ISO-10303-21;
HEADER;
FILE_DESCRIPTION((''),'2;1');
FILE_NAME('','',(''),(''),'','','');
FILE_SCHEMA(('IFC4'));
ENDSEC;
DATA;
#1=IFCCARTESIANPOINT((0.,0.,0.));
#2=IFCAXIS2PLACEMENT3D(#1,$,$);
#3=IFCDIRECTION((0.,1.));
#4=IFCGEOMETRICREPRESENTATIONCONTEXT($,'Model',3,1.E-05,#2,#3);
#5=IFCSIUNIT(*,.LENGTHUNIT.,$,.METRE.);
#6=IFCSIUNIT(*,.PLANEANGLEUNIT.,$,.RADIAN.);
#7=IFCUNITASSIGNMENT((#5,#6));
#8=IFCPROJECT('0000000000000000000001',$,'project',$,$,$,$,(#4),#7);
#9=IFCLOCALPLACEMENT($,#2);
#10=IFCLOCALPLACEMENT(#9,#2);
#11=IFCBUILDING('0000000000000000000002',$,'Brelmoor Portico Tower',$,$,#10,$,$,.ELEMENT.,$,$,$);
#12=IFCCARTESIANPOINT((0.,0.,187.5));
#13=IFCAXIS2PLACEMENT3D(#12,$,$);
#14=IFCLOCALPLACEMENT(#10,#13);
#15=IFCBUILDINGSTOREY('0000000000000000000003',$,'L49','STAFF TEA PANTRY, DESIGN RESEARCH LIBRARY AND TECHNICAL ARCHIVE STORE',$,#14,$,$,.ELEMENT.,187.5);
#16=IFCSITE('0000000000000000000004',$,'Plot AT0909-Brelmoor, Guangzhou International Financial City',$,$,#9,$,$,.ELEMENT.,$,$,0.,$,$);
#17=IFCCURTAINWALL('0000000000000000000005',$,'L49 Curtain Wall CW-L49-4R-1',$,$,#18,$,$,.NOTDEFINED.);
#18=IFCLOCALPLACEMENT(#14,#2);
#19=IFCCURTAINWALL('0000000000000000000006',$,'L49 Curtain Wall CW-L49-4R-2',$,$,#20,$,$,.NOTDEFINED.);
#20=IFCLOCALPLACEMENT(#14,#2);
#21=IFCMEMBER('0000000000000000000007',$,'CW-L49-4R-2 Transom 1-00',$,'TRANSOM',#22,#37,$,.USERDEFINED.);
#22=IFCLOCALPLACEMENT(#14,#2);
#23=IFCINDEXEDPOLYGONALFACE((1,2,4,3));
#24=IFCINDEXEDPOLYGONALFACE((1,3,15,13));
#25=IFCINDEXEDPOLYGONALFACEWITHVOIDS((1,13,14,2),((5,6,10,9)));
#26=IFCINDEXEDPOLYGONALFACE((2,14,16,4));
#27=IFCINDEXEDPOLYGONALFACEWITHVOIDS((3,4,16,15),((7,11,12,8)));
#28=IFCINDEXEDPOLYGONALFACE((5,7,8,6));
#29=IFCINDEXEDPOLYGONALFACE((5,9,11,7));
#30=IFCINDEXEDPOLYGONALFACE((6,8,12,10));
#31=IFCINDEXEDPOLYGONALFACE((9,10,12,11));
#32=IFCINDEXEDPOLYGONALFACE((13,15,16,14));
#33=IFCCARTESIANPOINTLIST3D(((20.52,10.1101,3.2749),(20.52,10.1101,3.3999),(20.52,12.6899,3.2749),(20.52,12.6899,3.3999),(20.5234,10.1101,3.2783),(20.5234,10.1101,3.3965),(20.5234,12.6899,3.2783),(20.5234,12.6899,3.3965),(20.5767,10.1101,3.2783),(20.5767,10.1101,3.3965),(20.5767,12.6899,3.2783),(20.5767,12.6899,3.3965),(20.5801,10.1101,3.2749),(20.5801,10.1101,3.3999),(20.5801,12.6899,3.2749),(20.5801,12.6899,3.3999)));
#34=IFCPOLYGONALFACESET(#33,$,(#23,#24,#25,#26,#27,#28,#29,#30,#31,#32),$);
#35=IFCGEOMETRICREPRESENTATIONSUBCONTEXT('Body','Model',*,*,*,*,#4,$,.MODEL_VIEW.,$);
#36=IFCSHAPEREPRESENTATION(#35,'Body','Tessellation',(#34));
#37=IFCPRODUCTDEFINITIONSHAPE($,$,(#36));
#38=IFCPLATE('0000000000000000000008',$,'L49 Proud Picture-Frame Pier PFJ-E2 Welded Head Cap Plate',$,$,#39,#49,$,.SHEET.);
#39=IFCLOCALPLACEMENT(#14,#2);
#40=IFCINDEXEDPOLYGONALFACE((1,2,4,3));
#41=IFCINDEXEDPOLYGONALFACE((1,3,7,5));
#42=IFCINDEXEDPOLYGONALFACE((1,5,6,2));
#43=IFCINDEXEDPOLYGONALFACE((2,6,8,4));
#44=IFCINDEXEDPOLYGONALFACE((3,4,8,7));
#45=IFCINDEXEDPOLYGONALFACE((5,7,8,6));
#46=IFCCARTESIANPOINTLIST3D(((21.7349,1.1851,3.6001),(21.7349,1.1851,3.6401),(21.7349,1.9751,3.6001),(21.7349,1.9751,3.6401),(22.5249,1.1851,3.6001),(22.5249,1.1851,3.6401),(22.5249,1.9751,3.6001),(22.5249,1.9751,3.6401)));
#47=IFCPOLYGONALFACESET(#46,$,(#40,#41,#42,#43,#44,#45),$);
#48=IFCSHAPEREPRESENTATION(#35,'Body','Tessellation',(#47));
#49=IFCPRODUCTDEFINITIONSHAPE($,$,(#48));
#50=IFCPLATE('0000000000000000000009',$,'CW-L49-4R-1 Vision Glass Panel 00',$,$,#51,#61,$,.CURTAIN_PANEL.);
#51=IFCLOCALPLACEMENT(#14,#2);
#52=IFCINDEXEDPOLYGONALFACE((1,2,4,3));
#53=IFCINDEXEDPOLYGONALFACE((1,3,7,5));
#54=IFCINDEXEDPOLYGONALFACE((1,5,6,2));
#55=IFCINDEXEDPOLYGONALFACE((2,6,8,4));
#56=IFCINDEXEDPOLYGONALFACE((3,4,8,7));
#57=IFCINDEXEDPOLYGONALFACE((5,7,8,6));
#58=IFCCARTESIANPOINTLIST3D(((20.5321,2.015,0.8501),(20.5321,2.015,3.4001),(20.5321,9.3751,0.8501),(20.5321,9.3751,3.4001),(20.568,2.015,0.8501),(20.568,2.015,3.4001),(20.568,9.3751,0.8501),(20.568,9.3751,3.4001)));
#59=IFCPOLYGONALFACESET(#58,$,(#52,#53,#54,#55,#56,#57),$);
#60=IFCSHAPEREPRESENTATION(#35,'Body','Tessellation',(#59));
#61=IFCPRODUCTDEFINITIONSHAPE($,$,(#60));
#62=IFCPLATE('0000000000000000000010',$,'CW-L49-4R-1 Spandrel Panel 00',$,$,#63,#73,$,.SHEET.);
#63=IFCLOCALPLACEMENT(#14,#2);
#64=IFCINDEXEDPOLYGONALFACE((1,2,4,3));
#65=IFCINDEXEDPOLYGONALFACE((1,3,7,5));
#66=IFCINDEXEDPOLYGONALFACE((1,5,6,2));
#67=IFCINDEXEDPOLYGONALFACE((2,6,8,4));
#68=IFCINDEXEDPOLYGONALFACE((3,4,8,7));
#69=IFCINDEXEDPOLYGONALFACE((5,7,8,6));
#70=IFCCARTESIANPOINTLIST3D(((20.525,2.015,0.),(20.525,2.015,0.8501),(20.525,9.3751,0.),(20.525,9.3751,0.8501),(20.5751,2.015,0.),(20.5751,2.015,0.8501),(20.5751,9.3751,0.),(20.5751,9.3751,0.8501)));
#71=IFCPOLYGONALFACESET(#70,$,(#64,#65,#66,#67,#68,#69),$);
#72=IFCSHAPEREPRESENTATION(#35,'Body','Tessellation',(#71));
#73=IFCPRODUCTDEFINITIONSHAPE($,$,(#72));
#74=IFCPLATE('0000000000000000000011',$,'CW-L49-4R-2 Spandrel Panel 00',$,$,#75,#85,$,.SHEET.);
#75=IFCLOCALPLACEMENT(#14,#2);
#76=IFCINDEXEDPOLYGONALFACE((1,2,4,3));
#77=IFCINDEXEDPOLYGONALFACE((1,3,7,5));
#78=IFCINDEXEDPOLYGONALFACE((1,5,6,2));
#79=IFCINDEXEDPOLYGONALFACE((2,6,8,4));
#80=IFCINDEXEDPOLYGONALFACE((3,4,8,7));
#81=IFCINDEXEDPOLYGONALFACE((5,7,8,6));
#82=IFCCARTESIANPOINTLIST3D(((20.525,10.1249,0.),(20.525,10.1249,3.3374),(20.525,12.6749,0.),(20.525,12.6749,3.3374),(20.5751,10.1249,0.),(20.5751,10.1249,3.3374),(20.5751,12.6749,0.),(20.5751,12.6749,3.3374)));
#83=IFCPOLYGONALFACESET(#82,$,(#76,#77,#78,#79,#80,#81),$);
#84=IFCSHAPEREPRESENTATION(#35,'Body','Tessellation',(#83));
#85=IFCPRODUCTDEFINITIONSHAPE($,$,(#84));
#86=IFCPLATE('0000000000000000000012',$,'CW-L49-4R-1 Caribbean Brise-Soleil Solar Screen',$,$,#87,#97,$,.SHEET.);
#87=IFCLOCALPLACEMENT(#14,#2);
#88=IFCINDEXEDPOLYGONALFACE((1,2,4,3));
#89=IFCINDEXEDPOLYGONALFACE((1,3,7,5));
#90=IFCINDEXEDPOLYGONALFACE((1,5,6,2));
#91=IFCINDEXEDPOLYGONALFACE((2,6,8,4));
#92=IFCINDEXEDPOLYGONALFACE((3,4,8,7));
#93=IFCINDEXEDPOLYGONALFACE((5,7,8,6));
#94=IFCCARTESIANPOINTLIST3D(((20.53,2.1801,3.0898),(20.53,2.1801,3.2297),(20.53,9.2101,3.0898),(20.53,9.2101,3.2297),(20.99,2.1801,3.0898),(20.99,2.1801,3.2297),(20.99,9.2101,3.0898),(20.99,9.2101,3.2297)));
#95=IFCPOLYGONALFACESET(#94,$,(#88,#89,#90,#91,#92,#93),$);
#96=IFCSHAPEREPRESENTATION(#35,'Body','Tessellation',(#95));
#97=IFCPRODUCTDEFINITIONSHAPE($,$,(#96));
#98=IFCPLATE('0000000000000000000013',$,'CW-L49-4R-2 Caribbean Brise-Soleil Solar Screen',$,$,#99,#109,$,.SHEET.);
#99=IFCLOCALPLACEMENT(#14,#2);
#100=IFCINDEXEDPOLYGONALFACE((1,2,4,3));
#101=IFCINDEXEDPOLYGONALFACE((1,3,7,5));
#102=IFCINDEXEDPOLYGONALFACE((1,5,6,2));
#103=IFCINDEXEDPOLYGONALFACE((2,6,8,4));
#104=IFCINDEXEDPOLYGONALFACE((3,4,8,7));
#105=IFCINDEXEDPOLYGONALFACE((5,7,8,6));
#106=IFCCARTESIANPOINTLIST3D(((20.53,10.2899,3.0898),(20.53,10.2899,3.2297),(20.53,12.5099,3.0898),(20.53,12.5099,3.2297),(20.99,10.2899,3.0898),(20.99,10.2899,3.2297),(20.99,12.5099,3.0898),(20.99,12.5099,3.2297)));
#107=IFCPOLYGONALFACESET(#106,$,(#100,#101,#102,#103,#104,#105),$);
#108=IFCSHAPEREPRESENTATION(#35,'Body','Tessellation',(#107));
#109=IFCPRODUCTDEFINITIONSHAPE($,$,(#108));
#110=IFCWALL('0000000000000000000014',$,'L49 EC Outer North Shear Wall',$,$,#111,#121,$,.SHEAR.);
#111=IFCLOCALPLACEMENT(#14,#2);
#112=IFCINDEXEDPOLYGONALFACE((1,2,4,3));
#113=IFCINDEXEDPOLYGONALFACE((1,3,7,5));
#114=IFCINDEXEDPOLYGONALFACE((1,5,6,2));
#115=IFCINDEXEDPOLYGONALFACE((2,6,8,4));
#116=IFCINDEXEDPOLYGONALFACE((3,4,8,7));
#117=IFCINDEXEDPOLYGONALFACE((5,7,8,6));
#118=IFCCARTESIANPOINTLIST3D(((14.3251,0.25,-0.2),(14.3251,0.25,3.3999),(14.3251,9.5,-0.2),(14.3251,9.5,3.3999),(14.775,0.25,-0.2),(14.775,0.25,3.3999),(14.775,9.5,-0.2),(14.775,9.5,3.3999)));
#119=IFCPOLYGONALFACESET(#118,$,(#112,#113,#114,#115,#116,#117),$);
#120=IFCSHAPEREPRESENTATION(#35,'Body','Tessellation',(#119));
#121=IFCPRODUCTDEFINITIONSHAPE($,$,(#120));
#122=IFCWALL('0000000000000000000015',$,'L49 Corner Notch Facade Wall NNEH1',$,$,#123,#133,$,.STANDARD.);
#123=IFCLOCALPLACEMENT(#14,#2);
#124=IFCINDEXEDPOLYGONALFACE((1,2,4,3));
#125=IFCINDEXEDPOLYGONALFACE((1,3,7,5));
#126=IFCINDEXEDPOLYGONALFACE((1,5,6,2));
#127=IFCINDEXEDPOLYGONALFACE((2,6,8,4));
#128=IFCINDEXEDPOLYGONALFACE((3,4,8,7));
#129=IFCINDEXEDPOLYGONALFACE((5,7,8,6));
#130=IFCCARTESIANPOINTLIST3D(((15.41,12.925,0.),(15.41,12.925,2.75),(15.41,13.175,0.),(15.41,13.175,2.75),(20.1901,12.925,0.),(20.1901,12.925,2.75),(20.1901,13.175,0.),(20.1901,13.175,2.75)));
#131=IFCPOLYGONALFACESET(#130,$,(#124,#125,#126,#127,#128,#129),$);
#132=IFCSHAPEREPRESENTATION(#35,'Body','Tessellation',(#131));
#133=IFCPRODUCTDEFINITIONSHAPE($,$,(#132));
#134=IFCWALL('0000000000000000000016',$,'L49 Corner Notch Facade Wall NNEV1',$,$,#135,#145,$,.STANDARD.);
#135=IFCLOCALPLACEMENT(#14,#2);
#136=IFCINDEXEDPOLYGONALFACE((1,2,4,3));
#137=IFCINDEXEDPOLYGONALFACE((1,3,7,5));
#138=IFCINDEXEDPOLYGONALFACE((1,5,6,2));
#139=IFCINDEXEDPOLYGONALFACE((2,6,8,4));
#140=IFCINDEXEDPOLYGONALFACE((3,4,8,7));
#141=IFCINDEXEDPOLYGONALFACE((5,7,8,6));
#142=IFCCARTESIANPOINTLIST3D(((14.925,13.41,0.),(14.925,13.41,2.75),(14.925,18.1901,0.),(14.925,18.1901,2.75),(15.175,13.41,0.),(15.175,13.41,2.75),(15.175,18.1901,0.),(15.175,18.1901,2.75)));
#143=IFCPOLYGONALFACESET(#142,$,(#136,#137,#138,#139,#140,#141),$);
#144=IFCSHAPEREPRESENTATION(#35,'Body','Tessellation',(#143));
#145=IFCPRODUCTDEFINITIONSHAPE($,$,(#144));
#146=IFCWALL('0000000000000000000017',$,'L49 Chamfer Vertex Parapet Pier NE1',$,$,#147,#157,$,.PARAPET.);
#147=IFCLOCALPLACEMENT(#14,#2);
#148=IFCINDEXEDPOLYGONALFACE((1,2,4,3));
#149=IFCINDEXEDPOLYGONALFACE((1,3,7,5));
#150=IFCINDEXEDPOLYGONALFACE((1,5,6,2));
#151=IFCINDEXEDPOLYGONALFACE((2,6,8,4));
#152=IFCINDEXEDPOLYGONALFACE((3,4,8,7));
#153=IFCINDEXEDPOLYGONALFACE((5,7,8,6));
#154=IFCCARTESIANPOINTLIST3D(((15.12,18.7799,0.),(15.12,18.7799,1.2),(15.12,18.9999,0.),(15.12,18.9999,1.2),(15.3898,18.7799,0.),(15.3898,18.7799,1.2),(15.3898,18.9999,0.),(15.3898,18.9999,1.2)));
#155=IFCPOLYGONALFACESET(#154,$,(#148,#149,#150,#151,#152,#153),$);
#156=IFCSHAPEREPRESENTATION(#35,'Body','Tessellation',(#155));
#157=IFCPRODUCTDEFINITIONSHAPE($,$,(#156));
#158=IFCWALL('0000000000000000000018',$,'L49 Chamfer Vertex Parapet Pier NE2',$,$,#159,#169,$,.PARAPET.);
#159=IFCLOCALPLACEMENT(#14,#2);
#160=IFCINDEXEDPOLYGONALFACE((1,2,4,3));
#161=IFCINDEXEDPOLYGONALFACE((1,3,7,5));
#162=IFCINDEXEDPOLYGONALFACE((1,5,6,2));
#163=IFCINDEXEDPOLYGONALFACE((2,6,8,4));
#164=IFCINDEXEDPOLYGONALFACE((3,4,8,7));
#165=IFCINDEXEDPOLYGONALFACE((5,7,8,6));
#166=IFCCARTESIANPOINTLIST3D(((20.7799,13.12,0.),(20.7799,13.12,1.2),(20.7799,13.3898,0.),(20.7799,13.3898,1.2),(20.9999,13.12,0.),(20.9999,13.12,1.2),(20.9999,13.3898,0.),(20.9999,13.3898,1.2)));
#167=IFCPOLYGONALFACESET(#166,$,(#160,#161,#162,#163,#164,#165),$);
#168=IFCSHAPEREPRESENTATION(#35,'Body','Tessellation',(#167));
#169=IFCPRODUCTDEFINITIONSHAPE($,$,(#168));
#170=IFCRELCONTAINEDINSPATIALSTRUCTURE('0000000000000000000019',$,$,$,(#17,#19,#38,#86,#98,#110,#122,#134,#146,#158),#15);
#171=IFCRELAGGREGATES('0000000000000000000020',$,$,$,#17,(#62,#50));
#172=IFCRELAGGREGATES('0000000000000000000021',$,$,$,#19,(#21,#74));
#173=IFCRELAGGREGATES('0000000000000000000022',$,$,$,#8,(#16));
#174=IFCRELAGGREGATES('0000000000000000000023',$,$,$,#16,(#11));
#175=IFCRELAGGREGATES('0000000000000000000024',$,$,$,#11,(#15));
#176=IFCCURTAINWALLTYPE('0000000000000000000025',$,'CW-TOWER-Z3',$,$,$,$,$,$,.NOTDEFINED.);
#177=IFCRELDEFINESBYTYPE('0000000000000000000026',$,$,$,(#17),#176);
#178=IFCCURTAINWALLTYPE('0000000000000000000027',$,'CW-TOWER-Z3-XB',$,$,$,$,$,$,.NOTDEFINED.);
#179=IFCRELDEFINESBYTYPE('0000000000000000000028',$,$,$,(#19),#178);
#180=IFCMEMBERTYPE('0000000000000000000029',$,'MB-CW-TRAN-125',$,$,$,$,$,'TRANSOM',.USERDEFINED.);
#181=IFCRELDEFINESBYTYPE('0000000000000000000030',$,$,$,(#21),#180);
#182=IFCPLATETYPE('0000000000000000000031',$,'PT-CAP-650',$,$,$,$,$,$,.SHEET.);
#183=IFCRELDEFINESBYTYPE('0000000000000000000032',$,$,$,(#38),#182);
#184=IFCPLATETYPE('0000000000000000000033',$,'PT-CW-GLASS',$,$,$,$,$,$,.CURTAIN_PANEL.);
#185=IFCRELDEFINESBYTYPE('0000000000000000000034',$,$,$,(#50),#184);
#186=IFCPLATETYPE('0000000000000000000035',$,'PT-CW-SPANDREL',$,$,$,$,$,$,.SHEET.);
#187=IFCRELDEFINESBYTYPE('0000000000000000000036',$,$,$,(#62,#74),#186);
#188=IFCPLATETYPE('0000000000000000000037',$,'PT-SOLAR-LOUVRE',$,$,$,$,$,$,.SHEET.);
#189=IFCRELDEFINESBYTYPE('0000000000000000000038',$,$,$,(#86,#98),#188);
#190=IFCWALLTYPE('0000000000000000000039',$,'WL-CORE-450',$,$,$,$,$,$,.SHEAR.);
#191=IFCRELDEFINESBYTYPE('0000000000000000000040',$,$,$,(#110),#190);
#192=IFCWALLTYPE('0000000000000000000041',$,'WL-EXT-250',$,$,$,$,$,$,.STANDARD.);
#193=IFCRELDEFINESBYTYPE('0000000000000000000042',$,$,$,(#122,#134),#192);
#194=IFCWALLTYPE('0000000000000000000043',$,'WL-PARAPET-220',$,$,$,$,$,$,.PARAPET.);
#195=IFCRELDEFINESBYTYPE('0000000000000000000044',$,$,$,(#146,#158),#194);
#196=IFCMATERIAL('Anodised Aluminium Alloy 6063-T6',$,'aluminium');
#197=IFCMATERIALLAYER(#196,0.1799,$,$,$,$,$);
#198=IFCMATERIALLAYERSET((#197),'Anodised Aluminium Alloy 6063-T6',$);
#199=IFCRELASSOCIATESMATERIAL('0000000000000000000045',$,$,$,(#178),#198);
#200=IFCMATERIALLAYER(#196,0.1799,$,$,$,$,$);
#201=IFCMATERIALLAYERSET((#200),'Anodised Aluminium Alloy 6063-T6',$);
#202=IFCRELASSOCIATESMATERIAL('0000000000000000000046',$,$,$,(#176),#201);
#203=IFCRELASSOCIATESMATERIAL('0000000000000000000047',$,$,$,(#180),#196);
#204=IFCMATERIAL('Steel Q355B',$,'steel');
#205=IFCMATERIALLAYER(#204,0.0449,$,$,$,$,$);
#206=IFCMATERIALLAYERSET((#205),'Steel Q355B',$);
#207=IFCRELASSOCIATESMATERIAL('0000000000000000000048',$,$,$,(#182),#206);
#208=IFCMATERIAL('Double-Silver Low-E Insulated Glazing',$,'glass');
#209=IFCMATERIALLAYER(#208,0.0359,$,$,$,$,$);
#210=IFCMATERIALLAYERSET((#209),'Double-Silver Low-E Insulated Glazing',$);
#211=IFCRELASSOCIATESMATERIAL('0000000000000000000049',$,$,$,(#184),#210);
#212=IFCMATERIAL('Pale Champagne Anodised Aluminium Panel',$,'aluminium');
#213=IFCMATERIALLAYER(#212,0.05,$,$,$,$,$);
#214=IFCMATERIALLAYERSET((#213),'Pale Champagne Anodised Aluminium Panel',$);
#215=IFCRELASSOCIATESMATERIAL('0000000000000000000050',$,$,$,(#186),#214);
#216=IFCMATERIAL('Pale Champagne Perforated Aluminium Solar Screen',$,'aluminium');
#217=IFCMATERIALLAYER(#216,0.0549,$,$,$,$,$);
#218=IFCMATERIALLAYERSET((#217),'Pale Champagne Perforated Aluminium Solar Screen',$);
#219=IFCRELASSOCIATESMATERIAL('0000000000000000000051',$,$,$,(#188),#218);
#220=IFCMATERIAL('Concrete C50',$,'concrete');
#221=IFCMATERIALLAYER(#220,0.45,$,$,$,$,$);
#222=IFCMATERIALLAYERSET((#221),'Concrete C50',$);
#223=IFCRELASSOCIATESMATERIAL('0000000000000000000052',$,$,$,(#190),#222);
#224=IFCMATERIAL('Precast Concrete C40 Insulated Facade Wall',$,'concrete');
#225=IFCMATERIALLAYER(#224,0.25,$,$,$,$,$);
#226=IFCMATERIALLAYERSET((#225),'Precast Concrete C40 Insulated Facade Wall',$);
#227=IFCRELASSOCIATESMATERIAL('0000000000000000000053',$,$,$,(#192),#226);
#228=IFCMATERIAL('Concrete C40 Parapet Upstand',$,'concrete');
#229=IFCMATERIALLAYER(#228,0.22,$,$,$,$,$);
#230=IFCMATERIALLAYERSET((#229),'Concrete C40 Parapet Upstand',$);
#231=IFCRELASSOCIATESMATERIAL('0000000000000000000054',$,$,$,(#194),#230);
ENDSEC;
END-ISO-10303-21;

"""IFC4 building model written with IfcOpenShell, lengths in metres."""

from ifc_helpers import new_model, si_unit, direction, frame, frame_2d, origin, origin_2d, place, context, subcontext, project, spatial, rectangle, hollow_rectangle, extrude, material, layer, layer_set, material_profile, profile_set, type_object, element, aggregate, save


model = new_model("IFC4")

# Units and contexts
model_context = context("Model", 3, precision=1e-05, world=origin(), true_north=direction((0.0, 1.0)))
body_context = subcontext(model_context, "Body", "Model", "MODEL_VIEW")
ifc_project = project(units=[si_unit("LENGTHUNIT", "METRE"), si_unit("PLANEANGLEUNIT", "RADIAN")], contexts=[model_context])

# Site, building, storey
site_placement = place(None, origin())
site = spatial("IfcSite", under=ifc_project, at=site_placement, Name="Plot AT0909-Brelmoor, Guangzhou International Financial City", CompositionType="ELEMENT", RefElevation=0.0)
building_placement = place(site_placement, origin())
building = spatial("IfcBuilding", under=site, at=building_placement, Name="Brelmoor Portico Tower", CompositionType="ELEMENT")
storey_placement = place(building_placement, frame((0.0, 0.0, 187.5)))
storey = spatial("IfcBuildingStorey", under=building, at=storey_placement, Name="L49", Description="STAFF TEA PANTRY, DESIGN RESEARCH LIBRARY AND TECHNICAL ARCHIVE STORE", CompositionType="ELEMENT", Elevation=187.5)

# Shared definitions
ifc_material_1 = material(Name="Steel Q355B", Category="steel")

# Shared definitions
ifc_material_2 = material(Name="Anodised Aluminium Alloy 6063-T6", Category="aluminium")
ifc_layer_1 = layer(ifc_material_2, 0.1799)
ifc_layer_set_1 = layer_set([ifc_layer_1], Name="Anodised Aluminium Alloy 6063-T6")
curtain_wall_type_1 = type_object("IfcCurtainWallType", Name="CW-TOWER-Z3-XB", PredefinedType="NOTDEFINED", material=ifc_layer_set_1)

# Curtain walls
ifc_layer_2 = layer(ifc_material_2, 0.1799)
ifc_layer_set_2 = layer_set([ifc_layer_2], Name="Anodised Aluminium Alloy 6063-T6")
curtain_wall_type_2 = type_object("IfcCurtainWallType", Name="CW-TOWER-Z3", PredefinedType="NOTDEFINED", material=ifc_layer_set_2)
curtain_wall_1_placement = place(storey_placement, origin())
curtain_wall_1 = element("IfcCurtainWall", 1, at=curtain_wall_1_placement, inside=storey, type_object=curtain_wall_type_2, Name="L49 Curtain Wall CW-L49-4R-1", PredefinedType="NOTDEFINED")
curtain_wall_2_placement = place(storey_placement, origin())
curtain_wall_2 = element("IfcCurtainWall", 2, at=curtain_wall_2_placement, inside=storey, type_object=curtain_wall_type_1, Name="L49 Curtain Wall CW-L49-4R-2", PredefinedType="NOTDEFINED")

# Member
ifc_material_profile_1 = material_profile(ifc_material_2, hollow_rectangle(XDim=0.0601, YDim=0.125, WallThickness=0.0034, at=origin_2d()), Name="ALU TRANSOM 60x125")
ifc_profile_set_1 = profile_set([ifc_material_profile_1], Name="Anodised Aluminium Alloy 6063-T6")
member_type_1 = type_object("IfcMemberType", Name="MB-CW-TRAN-125", ElementType="TRANSOM", PredefinedType="USERDEFINED", material=ifc_profile_set_1)
member_1_placement = place(storey_placement, frame((20.55, 10.1101, 3.3374), z_axis=(0.0, 1.0, 0.0), x_axis=(-1.0, 0.0, 0.0)))
member_1 = element("IfcMember", 3, at=member_1_placement, type_object=member_type_1, Name="CW-L49-4R-2 Transom 1-00", ObjectType="TRANSOM", PredefinedType="USERDEFINED", context=body_context, shape_type="SweptSolid", body=[
    extrude(hollow_rectangle(XDim=0.0601, YDim=0.125, WallThickness=0.0034, at=origin_2d()), origin(), (0.0, 0.0, 1.0), 2.5798),
])

# Plates
ifc_layer_3 = layer(ifc_material_1, 0.0449)
ifc_layer_set_3 = layer_set([ifc_layer_3], Name="Steel Q355B")
plate_type_1 = type_object("IfcPlateType", Name="PT-CAP-650", PredefinedType="SHEET", material=ifc_layer_set_3)
plate_1_placement = place(storey_placement, frame((22.1299, 1.5801, 3.6001), z_axis=(0.0, 0.0, 1.0), x_axis=(0.0, 1.0, 0.0)))
element("IfcPlate", 4, at=plate_1_placement, inside=storey, type_object=plate_type_1, Name="L49 Proud Picture-Frame Pier PFJ-E2 Welded Head Cap Plate", PredefinedType="SHEET", context=body_context, shape_type="SweptSolid", body=[
    extrude(rectangle(XDim=0.79, YDim=0.79, at=origin_2d()), origin(), (0.0, 0.0, 1.0), 0.04),
])
ifc_material_3 = material(Name="Double-Silver Low-E Insulated Glazing", Category="glass")
ifc_layer_4 = layer(ifc_material_3, 0.0359)
ifc_layer_set_4 = layer_set([ifc_layer_4], Name="Double-Silver Low-E Insulated Glazing")
plate_type_2 = type_object("IfcPlateType", Name="PT-CW-GLASS", PredefinedType="CURTAIN_PANEL", material=ifc_layer_set_4)
plate_2_placement = place(storey_placement, frame((20.55, 5.6951, 0.8501), z_axis=(0.0, 0.0, 1.0), x_axis=(0.0, 1.0, 0.0)))
plate_2 = element("IfcPlate", 5, at=plate_2_placement, type_object=plate_type_2, Name="CW-L49-4R-1 Vision Glass Panel 00", PredefinedType="CURTAIN_PANEL", context=body_context, shape_type="SweptSolid", body=[
    extrude(rectangle(XDim=7.3601, YDim=0.0359, at=origin_2d()), origin(), (0.0, 0.0, 1.0), 2.55),
])
ifc_material_4 = material(Name="Pale Champagne Anodised Aluminium Panel", Category="aluminium")
ifc_layer_5 = layer(ifc_material_4, 0.05)
ifc_layer_set_5 = layer_set([ifc_layer_5], Name="Pale Champagne Anodised Aluminium Panel")
plate_type_3 = type_object("IfcPlateType", Name="PT-CW-SPANDREL", PredefinedType="SHEET", material=ifc_layer_set_5)
plate_3_placement = place(storey_placement, frame((20.55, 5.6951, 0.0), z_axis=(0.0, 0.0, 1.0), x_axis=(0.0, 1.0, 0.0)))
plate_3 = element("IfcPlate", 6, at=plate_3_placement, type_object=plate_type_3, Name="CW-L49-4R-1 Spandrel Panel 00", PredefinedType="SHEET", context=body_context, shape_type="SweptSolid", body=[
    extrude(rectangle(XDim=7.3601, YDim=0.05, at=origin_2d()), origin(), (0.0, 0.0, 1.0), 0.8501),
])
aggregate(curtain_wall_1, [plate_3, plate_2])
plate_4_placement = place(storey_placement, frame((20.55, 11.3999, 0.0), z_axis=(0.0, 0.0, 1.0), x_axis=(0.0, 1.0, 0.0)))
plate_4 = element("IfcPlate", 7, at=plate_4_placement, type_object=plate_type_3, Name="CW-L49-4R-2 Spandrel Panel 00", PredefinedType="SHEET", context=body_context, shape_type="SweptSolid", body=[
    extrude(rectangle(XDim=2.55, YDim=0.05, at=origin_2d()), origin(), (0.0, 0.0, 1.0), 3.3374),
])
aggregate(curtain_wall_2, [member_1, plate_4])

# Plates
ifc_material_5 = material(Name="Pale Champagne Perforated Aluminium Solar Screen", Category="aluminium")
ifc_layer_6 = layer(ifc_material_5, 0.0549)
ifc_layer_set_6 = layer_set([ifc_layer_6], Name="Pale Champagne Perforated Aluminium Solar Screen")
plate_type_4 = type_object("IfcPlateType", Name="PT-SOLAR-LOUVRE", PredefinedType="SHEET", material=ifc_layer_set_6)
plate_5_placement = place(storey_placement, frame((20.76, 5.6951, 3.0898), z_axis=(0.0, 0.0, 1.0), x_axis=(0.0, 1.0, 0.0)))
element("IfcPlate", 8, at=plate_5_placement, inside=storey, type_object=plate_type_4, Name="CW-L49-4R-1 Caribbean Brise-Soleil Solar Screen", PredefinedType="SHEET", context=body_context, shape_type="SweptSolid", body=[
    extrude(rectangle(XDim=7.03, YDim=0.46, at=origin_2d()), origin(), (0.0, 0.0, 1.0), 0.1399),
])
plate_6_placement = place(storey_placement, frame((20.76, 11.3999, 3.0898), z_axis=(0.0, 0.0, 1.0), x_axis=(0.0, 1.0, 0.0)))
element("IfcPlate", 9, at=plate_6_placement, inside=storey, type_object=plate_type_4, Name="CW-L49-4R-2 Caribbean Brise-Soleil Solar Screen", PredefinedType="SHEET", context=body_context, shape_type="SweptSolid", body=[
    extrude(rectangle(XDim=2.22, YDim=0.46, at=origin_2d()), origin(), (0.0, 0.0, 1.0), 0.1399),
])

# Walls
ifc_material_6 = material(Name="Concrete C50", Category="concrete")
ifc_layer_7 = layer(ifc_material_6, 0.45)
ifc_layer_set_7 = layer_set([ifc_layer_7], Name="Concrete C50")
wall_type_1 = type_object("IfcWallType", Name="WL-CORE-450", PredefinedType="SHEAR", material=ifc_layer_set_7)
wall_1_placement = place(storey_placement, frame((14.55, 0.25, -0.2), z_axis=(0.0, 0.0, 1.0), x_axis=(0.0, 1.0, 0.0)))
element("IfcWall", 10, at=wall_1_placement, inside=storey, type_object=wall_type_1, Name="L49 EC Outer North Shear Wall", PredefinedType="SHEAR", context=body_context, shape_type="SweptSolid", body=[
    extrude(rectangle(XDim=9.25, YDim=0.45, at=frame_2d((4.625, 0.0))), origin(), (0.0, 0.0, 1.0), 3.5999),
])
ifc_material_7 = material(Name="Precast Concrete C40 Insulated Facade Wall", Category="concrete")
ifc_layer_8 = layer(ifc_material_7, 0.25)
ifc_layer_set_8 = layer_set([ifc_layer_8], Name="Precast Concrete C40 Insulated Facade Wall")
wall_type_2 = type_object("IfcWallType", Name="WL-EXT-250", PredefinedType="STANDARD", material=ifc_layer_set_8)
for number, where, z_axis, x_axis, name in (
    (11, (15.4099, 13.05, 0.0), (0.0, 0.0, 1.0), (1.0, 0.0, 0.0), "L49 Corner Notch Facade Wall NNEH1"),
    (12, (15.05, 13.4099, 0.0), (0.0, 0.0, 1.0), (0.0, 1.0, 0.0), "L49 Corner Notch Facade Wall NNEV1"),
):
    element("IfcWall", number, at=place(storey_placement, frame(where, z_axis=z_axis, x_axis=x_axis)), inside=storey, type_object=wall_type_2, Name=name, PredefinedType="STANDARD", context=body_context, shape_type="SweptSolid", body=[
        extrude(rectangle(XDim=4.78, YDim=0.25, at=frame_2d((2.3901, 0.0))), origin(), (0.0, 0.0, 1.0), 2.75),
    ])
ifc_material_8 = material(Name="Concrete C40 Parapet Upstand", Category="concrete")
ifc_layer_9 = layer(ifc_material_8, 0.22)
ifc_layer_set_9 = layer_set([ifc_layer_9], Name="Concrete C40 Parapet Upstand")
wall_type_3 = type_object("IfcWallType", Name="WL-PARAPET-220", PredefinedType="PARAPET", material=ifc_layer_set_9)
for number, where, z_axis, x_axis, name in (
    (13, (15.1201, 18.8899, 0.0), (0.0, 0.0, 1.0), (1.0, 0.0, 0.0), "L49 Chamfer Vertex Parapet Pier NE1"),
    (14, (20.8899, 13.1201, 0.0), (0.0, 0.0, 1.0), (0.0, 1.0, 0.0), "L49 Chamfer Vertex Parapet Pier NE2"),
):
    element("IfcWall", number, at=place(storey_placement, frame(where, z_axis=z_axis, x_axis=x_axis)), inside=storey, type_object=wall_type_3, Name=name, PredefinedType="PARAPET", context=body_context, shape_type="SweptSolid", body=[
        extrude(rectangle(XDim=0.2698, YDim=0.22, at=frame_2d((0.1348, 0.0))), origin(), (0.0, 0.0, 1.0), 1.2),
    ])

save(model, "model.ifc")
